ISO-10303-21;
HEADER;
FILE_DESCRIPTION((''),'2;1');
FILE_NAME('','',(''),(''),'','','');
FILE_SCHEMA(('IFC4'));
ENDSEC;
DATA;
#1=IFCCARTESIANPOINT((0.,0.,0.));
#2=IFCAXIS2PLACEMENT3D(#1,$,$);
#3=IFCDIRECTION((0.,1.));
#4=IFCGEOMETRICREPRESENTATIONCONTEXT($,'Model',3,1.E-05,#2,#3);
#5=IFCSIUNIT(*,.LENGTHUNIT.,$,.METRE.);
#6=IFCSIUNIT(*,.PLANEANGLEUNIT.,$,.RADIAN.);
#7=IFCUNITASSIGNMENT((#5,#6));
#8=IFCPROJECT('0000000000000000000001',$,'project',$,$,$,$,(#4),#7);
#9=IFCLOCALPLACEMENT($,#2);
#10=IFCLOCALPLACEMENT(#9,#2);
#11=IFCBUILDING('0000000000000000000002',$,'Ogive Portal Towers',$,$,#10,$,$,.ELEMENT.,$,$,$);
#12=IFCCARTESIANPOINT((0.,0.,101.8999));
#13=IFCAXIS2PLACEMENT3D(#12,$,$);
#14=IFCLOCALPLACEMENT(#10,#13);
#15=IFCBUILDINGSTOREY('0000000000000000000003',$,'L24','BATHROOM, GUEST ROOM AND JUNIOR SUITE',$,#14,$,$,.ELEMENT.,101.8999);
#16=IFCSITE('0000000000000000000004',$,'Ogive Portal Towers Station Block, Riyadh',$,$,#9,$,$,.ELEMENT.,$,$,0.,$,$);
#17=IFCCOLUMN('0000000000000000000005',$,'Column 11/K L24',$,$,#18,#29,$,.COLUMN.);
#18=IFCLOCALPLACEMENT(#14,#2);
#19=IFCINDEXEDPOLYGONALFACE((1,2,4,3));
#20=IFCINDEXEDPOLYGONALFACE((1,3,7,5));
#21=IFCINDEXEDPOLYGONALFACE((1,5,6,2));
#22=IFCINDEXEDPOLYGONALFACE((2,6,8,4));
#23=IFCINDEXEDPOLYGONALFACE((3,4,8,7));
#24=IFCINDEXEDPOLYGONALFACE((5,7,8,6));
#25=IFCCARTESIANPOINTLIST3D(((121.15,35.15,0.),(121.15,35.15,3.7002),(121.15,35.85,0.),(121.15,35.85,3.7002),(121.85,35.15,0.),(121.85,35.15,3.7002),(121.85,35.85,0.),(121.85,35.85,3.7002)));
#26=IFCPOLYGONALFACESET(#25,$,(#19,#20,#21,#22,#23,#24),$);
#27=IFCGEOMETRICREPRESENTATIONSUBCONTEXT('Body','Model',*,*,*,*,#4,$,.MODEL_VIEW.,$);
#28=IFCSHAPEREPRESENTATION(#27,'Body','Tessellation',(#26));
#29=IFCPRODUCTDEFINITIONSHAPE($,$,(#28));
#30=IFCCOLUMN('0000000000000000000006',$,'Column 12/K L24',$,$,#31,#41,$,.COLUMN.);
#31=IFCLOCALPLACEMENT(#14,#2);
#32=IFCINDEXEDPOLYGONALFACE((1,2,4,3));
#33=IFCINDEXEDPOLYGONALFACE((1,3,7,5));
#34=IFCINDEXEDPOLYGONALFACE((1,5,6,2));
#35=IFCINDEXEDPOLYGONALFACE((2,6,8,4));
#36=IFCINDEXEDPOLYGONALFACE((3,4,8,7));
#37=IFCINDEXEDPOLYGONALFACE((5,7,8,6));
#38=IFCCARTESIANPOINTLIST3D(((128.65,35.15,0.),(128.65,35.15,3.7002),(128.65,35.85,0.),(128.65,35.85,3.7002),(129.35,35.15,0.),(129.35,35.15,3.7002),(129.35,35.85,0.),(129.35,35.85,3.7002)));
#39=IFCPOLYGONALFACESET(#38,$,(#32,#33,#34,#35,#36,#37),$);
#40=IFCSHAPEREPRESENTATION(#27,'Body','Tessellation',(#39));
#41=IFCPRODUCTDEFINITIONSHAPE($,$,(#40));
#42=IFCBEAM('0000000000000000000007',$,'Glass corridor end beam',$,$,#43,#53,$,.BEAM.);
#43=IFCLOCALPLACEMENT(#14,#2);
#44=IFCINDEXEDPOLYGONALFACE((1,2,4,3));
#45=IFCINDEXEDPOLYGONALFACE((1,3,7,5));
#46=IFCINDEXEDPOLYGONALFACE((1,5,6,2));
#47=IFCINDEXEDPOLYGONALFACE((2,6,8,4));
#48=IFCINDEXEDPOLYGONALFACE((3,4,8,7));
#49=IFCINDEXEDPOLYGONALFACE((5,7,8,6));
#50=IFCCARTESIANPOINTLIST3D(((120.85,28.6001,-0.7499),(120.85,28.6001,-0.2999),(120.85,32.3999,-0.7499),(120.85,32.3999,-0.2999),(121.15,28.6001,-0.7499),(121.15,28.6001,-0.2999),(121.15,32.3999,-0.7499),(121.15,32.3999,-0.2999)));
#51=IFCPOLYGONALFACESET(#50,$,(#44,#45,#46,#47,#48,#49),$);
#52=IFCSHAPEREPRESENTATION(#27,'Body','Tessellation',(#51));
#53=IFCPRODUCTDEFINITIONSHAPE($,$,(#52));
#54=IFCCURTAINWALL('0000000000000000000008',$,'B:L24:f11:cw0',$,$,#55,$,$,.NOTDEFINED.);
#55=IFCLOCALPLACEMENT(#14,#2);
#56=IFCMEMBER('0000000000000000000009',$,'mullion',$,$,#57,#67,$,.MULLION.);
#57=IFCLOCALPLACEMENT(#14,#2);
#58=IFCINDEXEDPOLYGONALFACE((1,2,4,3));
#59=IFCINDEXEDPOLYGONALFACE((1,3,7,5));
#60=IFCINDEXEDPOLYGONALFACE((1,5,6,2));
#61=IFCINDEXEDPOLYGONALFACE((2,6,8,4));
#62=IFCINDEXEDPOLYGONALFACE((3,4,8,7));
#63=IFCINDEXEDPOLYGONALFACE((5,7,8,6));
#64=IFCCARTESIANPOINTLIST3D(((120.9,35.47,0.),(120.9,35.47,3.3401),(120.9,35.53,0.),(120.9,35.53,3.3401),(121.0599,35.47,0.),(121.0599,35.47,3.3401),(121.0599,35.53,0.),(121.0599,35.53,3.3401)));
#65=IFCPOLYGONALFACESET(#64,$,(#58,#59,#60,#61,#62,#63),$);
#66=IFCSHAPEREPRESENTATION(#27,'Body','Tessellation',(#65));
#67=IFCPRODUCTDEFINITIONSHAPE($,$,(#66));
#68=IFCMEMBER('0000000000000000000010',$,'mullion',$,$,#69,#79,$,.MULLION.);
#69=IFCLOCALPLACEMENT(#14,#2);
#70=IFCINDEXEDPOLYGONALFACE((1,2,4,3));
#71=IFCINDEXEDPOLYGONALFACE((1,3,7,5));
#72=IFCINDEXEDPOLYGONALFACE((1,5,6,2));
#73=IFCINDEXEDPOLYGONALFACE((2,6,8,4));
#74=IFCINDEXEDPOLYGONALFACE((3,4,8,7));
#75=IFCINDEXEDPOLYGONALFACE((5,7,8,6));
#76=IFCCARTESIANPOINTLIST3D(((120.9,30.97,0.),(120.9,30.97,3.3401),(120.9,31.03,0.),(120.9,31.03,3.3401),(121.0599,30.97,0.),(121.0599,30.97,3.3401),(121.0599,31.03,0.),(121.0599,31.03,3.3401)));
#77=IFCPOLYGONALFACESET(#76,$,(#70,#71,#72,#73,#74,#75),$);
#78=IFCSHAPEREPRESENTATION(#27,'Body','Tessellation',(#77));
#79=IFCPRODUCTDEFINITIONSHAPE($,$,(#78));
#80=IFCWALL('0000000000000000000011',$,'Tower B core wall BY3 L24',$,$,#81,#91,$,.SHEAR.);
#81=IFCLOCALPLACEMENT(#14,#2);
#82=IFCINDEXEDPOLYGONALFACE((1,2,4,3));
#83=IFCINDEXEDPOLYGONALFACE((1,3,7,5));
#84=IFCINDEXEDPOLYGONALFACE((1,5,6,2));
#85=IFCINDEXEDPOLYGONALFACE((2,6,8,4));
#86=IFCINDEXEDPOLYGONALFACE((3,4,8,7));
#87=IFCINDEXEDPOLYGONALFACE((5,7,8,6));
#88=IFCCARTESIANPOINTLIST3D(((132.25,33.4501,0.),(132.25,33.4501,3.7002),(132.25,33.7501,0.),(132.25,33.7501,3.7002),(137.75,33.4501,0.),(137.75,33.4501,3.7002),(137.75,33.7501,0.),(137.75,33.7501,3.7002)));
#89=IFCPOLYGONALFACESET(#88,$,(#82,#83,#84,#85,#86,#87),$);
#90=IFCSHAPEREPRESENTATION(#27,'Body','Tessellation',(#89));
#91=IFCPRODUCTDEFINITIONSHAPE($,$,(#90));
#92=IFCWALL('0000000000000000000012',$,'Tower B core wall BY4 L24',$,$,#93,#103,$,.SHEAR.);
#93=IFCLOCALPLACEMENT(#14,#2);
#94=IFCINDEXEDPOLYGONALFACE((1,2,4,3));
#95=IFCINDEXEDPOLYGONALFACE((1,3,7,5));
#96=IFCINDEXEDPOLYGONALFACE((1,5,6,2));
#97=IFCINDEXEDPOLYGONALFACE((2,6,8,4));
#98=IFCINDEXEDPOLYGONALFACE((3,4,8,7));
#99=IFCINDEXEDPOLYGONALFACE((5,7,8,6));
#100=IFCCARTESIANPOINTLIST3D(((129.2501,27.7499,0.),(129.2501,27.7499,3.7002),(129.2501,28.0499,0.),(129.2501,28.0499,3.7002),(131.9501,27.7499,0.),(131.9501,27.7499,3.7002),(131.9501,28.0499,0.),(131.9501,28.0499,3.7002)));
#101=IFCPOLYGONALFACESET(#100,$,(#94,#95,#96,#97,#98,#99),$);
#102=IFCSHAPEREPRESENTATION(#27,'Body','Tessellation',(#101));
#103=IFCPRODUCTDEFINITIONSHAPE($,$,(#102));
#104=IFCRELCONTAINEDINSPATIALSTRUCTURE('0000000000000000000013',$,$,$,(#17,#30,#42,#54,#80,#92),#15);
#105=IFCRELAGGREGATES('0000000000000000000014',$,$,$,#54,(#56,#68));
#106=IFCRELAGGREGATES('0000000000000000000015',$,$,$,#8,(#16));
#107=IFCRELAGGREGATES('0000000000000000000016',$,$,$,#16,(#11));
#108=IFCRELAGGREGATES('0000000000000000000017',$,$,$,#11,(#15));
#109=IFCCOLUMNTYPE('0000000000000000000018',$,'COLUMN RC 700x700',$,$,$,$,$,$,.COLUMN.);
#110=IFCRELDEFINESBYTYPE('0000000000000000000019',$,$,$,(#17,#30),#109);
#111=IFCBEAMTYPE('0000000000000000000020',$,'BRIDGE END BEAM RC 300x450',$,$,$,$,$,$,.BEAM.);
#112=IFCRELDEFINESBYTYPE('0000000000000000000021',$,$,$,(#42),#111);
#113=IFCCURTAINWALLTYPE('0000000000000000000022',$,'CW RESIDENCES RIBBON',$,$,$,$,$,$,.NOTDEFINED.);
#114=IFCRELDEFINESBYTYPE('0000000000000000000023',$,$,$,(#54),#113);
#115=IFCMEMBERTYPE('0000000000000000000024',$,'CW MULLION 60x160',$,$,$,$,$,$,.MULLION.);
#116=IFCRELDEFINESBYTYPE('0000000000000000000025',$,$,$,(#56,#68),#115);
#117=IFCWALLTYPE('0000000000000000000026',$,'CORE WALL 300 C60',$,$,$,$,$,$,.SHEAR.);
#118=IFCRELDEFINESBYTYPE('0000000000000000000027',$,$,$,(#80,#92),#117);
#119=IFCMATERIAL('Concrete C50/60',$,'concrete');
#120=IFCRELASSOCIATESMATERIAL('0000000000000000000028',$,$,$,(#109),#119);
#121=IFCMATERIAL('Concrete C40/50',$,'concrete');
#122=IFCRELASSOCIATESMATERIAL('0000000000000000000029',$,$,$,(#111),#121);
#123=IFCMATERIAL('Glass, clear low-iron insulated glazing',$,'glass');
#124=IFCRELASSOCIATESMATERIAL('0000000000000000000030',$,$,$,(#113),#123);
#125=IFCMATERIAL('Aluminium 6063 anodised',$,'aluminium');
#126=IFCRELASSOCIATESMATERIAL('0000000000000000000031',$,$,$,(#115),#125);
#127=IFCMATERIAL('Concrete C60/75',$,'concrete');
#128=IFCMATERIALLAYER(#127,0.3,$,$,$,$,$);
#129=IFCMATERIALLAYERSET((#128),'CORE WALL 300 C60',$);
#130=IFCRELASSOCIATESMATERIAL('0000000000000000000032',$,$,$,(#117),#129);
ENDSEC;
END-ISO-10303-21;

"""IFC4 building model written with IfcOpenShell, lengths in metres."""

from ifc_helpers import new_model, si_unit, direction, frame, frame_2d, origin, origin_2d, place, context, subcontext, project, spatial, rectangle, extrude, material, layer, layer_set, material_profile, profile_set, type_object, element, aggregate, save


model = new_model("IFC4")

# Units and contexts
model_context = context("Model", 3, precision=1e-05, world=origin(), true_north=direction((0.0, 1.0)))
body_context = subcontext(model_context, "Body", "Model", "MODEL_VIEW")
ifc_project = project(units=[si_unit("LENGTHUNIT", "METRE"), si_unit("PLANEANGLEUNIT", "RADIAN")], contexts=[model_context])

# Site, building, storey
site_placement = place(None, origin())
site = spatial("IfcSite", under=ifc_project, at=site_placement, Name="Ogive Portal Towers Station Block, Riyadh", CompositionType="ELEMENT", RefElevation=0.0)
building_placement = place(site_placement, origin())
building = spatial("IfcBuilding", under=site, at=building_placement, Name="Ogive Portal Towers", CompositionType="ELEMENT")
storey_placement = place(building_placement, frame((0.0, 0.0, 101.8999)))
storey = spatial("IfcBuildingStorey", under=building, at=storey_placement, Name="L24", Description="BATHROOM, GUEST ROOM AND JUNIOR SUITE", CompositionType="ELEMENT", Elevation=101.8999)

# Columns
ifc_material_1 = material(Name="Concrete C50/60", Category="concrete")
ifc_material_profile_1 = material_profile(ifc_material_1, rectangle(XDim=0.7, YDim=0.7, at=origin_2d()), Name="RC 700x700")
ifc_profile_set_1 = profile_set([ifc_material_profile_1], Name="Concrete C50/60")
column_type = type_object("IfcColumnType", Name="COLUMN RC 700x700", PredefinedType="COLUMN", material=ifc_profile_set_1)
for number, where, z_axis, x_axis, name in (
    (1, (121.5, 35.5, 0.0), (0.0, 0.0, 1.0), (1.0, 0.0, 0.0), "Column 11/K L24"),
    (2, (129.0, 35.5, 0.0), (0.0, 0.0, 1.0), (1.0, 0.0, 0.0), "Column 12/K L24"),
):
    element("IfcColumn", number, at=place(storey_placement, frame(where, z_axis=z_axis, x_axis=x_axis)), inside=storey, type_object=column_type, Name=name, PredefinedType="COLUMN", context=body_context, shape_type="SweptSolid", body=[
        extrude(rectangle(XDim=0.7, YDim=0.7, at=origin_2d()), origin(), (0.0, 0.0, 1.0), 3.7002),
    ])

# Beam
ifc_material_2 = material(Name="Concrete C40/50", Category="concrete")
ifc_material_profile_2 = material_profile(ifc_material_2, rectangle(XDim=0.3, YDim=0.45, at=origin_2d()), Name="RC 300x450")
ifc_profile_set_2 = profile_set([ifc_material_profile_2], Name="Concrete C40/50")
beam_type = type_object("IfcBeamType", Name="BRIDGE END BEAM RC 300x450", PredefinedType="BEAM", material=ifc_profile_set_2)
beam_placement = place(storey_placement, frame((121.0, 28.6001, -0.5249), z_axis=(0.0, 1.0, 0.0), x_axis=(-1.0, 0.0, 0.0)))
element("IfcBeam", 3, at=beam_placement, inside=storey, type_object=beam_type, Name="Glass corridor end beam", PredefinedType="BEAM", context=body_context, shape_type="SweptSolid", body=[
    extrude(rectangle(XDim=0.3, YDim=0.45, at=origin_2d()), origin(), (0.0, 0.0, 1.0), 3.7998),
])

# Curtain wall, members
ifc_material_3 = material(Name="Glass, clear low-iron insulated glazing", Category="glass")
curtain_wall_type = type_object("IfcCurtainWallType", Name="CW RESIDENCES RIBBON", PredefinedType="NOTDEFINED", material=ifc_material_3)
curtain_wall_placement = place(storey_placement, origin())
curtain_wall = element("IfcCurtainWall", 4, at=curtain_wall_placement, inside=storey, type_object=curtain_wall_type, Name="B:L24:f11:cw0", PredefinedType="NOTDEFINED")
ifc_material_4 = material(Name="Aluminium 6063 anodised", Category="aluminium")
ifc_material_profile_3 = material_profile(ifc_material_4, rectangle(XDim=0.1599, YDim=0.0601, at=origin_2d()), Name="AL 60x160")
ifc_profile_set_3 = profile_set([ifc_material_profile_3], Name="Aluminium 6063 anodised")
member_type = type_object("IfcMemberType", Name="CW MULLION 60x160", PredefinedType="MULLION", material=ifc_profile_set_3)
member_1_placement = place(storey_placement, frame((120.98, 35.5, 0.0), z_axis=(0.0, 0.0, 1.0), x_axis=(1.0, 0.0, 0.0)))
member_1 = element("IfcMember", 5, at=member_1_placement, type_object=member_type, Name="mullion", PredefinedType="MULLION", context=body_context, shape_type="SweptSolid", body=[
    extrude(rectangle(XDim=0.1599, YDim=0.0601, at=origin_2d()), origin(), (0.0, 0.0, 1.0), 3.3401),
])
member_2_placement = place(storey_placement, frame((120.98, 31.0, 0.0), z_axis=(0.0, 0.0, 1.0), x_axis=(1.0, 0.0, 0.0)))
member_2 = element("IfcMember", 6, at=member_2_placement, type_object=member_type, Name="mullion", PredefinedType="MULLION", context=body_context, shape_type="SweptSolid", body=[
    extrude(rectangle(XDim=0.1599, YDim=0.0601, at=origin_2d()), origin(), (0.0, 0.0, 1.0), 3.3401),
])
aggregate(curtain_wall, [member_1, member_2])

# Shared definitions
ifc_material_5 = material(Name="Concrete C60/75", Category="concrete")
ifc_layer_1 = layer(ifc_material_5, 0.3)
ifc_layer_set_1 = layer_set([ifc_layer_1], Name="CORE WALL 300 C60")
wall_type_1 = type_object("IfcWallType", Name="CORE WALL 300 C60", PredefinedType="SHEAR", material=ifc_layer_set_1)

# Walls
wall_1_placement = place(storey_placement, frame((132.25, 33.6001, 0.0), z_axis=(0.0, 0.0, 1.0), x_axis=(1.0, 0.0, 0.0)))
element("IfcWall", 7, at=wall_1_placement, inside=storey, type_object=wall_type_1, Name="Tower B core wall BY3 L24", PredefinedType="SHEAR", context=body_context, shape_type="SweptSolid", body=[
    extrude(rectangle(XDim=5.5, YDim=0.3, at=frame_2d((2.75, 0.0))), origin(), (0.0, 0.0, 1.0), 3.7002),
])
wall_2_placement = place(storey_placement, frame((129.25, 27.8999, 0.0), z_axis=(0.0, 0.0, 1.0), x_axis=(1.0, 0.0, 0.0)))
element("IfcWall", 8, at=wall_2_placement, inside=storey, type_object=wall_type_1, Name="Tower B core wall BY4 L24", PredefinedType="SHEAR", context=body_context, shape_type="SweptSolid", body=[
    extrude(rectangle(XDim=2.7, YDim=0.3, at=frame_2d((1.3501, 0.0))), origin(), (0.0, 0.0, 1.0), 3.7002),
])

save(model, "model.ifc")
